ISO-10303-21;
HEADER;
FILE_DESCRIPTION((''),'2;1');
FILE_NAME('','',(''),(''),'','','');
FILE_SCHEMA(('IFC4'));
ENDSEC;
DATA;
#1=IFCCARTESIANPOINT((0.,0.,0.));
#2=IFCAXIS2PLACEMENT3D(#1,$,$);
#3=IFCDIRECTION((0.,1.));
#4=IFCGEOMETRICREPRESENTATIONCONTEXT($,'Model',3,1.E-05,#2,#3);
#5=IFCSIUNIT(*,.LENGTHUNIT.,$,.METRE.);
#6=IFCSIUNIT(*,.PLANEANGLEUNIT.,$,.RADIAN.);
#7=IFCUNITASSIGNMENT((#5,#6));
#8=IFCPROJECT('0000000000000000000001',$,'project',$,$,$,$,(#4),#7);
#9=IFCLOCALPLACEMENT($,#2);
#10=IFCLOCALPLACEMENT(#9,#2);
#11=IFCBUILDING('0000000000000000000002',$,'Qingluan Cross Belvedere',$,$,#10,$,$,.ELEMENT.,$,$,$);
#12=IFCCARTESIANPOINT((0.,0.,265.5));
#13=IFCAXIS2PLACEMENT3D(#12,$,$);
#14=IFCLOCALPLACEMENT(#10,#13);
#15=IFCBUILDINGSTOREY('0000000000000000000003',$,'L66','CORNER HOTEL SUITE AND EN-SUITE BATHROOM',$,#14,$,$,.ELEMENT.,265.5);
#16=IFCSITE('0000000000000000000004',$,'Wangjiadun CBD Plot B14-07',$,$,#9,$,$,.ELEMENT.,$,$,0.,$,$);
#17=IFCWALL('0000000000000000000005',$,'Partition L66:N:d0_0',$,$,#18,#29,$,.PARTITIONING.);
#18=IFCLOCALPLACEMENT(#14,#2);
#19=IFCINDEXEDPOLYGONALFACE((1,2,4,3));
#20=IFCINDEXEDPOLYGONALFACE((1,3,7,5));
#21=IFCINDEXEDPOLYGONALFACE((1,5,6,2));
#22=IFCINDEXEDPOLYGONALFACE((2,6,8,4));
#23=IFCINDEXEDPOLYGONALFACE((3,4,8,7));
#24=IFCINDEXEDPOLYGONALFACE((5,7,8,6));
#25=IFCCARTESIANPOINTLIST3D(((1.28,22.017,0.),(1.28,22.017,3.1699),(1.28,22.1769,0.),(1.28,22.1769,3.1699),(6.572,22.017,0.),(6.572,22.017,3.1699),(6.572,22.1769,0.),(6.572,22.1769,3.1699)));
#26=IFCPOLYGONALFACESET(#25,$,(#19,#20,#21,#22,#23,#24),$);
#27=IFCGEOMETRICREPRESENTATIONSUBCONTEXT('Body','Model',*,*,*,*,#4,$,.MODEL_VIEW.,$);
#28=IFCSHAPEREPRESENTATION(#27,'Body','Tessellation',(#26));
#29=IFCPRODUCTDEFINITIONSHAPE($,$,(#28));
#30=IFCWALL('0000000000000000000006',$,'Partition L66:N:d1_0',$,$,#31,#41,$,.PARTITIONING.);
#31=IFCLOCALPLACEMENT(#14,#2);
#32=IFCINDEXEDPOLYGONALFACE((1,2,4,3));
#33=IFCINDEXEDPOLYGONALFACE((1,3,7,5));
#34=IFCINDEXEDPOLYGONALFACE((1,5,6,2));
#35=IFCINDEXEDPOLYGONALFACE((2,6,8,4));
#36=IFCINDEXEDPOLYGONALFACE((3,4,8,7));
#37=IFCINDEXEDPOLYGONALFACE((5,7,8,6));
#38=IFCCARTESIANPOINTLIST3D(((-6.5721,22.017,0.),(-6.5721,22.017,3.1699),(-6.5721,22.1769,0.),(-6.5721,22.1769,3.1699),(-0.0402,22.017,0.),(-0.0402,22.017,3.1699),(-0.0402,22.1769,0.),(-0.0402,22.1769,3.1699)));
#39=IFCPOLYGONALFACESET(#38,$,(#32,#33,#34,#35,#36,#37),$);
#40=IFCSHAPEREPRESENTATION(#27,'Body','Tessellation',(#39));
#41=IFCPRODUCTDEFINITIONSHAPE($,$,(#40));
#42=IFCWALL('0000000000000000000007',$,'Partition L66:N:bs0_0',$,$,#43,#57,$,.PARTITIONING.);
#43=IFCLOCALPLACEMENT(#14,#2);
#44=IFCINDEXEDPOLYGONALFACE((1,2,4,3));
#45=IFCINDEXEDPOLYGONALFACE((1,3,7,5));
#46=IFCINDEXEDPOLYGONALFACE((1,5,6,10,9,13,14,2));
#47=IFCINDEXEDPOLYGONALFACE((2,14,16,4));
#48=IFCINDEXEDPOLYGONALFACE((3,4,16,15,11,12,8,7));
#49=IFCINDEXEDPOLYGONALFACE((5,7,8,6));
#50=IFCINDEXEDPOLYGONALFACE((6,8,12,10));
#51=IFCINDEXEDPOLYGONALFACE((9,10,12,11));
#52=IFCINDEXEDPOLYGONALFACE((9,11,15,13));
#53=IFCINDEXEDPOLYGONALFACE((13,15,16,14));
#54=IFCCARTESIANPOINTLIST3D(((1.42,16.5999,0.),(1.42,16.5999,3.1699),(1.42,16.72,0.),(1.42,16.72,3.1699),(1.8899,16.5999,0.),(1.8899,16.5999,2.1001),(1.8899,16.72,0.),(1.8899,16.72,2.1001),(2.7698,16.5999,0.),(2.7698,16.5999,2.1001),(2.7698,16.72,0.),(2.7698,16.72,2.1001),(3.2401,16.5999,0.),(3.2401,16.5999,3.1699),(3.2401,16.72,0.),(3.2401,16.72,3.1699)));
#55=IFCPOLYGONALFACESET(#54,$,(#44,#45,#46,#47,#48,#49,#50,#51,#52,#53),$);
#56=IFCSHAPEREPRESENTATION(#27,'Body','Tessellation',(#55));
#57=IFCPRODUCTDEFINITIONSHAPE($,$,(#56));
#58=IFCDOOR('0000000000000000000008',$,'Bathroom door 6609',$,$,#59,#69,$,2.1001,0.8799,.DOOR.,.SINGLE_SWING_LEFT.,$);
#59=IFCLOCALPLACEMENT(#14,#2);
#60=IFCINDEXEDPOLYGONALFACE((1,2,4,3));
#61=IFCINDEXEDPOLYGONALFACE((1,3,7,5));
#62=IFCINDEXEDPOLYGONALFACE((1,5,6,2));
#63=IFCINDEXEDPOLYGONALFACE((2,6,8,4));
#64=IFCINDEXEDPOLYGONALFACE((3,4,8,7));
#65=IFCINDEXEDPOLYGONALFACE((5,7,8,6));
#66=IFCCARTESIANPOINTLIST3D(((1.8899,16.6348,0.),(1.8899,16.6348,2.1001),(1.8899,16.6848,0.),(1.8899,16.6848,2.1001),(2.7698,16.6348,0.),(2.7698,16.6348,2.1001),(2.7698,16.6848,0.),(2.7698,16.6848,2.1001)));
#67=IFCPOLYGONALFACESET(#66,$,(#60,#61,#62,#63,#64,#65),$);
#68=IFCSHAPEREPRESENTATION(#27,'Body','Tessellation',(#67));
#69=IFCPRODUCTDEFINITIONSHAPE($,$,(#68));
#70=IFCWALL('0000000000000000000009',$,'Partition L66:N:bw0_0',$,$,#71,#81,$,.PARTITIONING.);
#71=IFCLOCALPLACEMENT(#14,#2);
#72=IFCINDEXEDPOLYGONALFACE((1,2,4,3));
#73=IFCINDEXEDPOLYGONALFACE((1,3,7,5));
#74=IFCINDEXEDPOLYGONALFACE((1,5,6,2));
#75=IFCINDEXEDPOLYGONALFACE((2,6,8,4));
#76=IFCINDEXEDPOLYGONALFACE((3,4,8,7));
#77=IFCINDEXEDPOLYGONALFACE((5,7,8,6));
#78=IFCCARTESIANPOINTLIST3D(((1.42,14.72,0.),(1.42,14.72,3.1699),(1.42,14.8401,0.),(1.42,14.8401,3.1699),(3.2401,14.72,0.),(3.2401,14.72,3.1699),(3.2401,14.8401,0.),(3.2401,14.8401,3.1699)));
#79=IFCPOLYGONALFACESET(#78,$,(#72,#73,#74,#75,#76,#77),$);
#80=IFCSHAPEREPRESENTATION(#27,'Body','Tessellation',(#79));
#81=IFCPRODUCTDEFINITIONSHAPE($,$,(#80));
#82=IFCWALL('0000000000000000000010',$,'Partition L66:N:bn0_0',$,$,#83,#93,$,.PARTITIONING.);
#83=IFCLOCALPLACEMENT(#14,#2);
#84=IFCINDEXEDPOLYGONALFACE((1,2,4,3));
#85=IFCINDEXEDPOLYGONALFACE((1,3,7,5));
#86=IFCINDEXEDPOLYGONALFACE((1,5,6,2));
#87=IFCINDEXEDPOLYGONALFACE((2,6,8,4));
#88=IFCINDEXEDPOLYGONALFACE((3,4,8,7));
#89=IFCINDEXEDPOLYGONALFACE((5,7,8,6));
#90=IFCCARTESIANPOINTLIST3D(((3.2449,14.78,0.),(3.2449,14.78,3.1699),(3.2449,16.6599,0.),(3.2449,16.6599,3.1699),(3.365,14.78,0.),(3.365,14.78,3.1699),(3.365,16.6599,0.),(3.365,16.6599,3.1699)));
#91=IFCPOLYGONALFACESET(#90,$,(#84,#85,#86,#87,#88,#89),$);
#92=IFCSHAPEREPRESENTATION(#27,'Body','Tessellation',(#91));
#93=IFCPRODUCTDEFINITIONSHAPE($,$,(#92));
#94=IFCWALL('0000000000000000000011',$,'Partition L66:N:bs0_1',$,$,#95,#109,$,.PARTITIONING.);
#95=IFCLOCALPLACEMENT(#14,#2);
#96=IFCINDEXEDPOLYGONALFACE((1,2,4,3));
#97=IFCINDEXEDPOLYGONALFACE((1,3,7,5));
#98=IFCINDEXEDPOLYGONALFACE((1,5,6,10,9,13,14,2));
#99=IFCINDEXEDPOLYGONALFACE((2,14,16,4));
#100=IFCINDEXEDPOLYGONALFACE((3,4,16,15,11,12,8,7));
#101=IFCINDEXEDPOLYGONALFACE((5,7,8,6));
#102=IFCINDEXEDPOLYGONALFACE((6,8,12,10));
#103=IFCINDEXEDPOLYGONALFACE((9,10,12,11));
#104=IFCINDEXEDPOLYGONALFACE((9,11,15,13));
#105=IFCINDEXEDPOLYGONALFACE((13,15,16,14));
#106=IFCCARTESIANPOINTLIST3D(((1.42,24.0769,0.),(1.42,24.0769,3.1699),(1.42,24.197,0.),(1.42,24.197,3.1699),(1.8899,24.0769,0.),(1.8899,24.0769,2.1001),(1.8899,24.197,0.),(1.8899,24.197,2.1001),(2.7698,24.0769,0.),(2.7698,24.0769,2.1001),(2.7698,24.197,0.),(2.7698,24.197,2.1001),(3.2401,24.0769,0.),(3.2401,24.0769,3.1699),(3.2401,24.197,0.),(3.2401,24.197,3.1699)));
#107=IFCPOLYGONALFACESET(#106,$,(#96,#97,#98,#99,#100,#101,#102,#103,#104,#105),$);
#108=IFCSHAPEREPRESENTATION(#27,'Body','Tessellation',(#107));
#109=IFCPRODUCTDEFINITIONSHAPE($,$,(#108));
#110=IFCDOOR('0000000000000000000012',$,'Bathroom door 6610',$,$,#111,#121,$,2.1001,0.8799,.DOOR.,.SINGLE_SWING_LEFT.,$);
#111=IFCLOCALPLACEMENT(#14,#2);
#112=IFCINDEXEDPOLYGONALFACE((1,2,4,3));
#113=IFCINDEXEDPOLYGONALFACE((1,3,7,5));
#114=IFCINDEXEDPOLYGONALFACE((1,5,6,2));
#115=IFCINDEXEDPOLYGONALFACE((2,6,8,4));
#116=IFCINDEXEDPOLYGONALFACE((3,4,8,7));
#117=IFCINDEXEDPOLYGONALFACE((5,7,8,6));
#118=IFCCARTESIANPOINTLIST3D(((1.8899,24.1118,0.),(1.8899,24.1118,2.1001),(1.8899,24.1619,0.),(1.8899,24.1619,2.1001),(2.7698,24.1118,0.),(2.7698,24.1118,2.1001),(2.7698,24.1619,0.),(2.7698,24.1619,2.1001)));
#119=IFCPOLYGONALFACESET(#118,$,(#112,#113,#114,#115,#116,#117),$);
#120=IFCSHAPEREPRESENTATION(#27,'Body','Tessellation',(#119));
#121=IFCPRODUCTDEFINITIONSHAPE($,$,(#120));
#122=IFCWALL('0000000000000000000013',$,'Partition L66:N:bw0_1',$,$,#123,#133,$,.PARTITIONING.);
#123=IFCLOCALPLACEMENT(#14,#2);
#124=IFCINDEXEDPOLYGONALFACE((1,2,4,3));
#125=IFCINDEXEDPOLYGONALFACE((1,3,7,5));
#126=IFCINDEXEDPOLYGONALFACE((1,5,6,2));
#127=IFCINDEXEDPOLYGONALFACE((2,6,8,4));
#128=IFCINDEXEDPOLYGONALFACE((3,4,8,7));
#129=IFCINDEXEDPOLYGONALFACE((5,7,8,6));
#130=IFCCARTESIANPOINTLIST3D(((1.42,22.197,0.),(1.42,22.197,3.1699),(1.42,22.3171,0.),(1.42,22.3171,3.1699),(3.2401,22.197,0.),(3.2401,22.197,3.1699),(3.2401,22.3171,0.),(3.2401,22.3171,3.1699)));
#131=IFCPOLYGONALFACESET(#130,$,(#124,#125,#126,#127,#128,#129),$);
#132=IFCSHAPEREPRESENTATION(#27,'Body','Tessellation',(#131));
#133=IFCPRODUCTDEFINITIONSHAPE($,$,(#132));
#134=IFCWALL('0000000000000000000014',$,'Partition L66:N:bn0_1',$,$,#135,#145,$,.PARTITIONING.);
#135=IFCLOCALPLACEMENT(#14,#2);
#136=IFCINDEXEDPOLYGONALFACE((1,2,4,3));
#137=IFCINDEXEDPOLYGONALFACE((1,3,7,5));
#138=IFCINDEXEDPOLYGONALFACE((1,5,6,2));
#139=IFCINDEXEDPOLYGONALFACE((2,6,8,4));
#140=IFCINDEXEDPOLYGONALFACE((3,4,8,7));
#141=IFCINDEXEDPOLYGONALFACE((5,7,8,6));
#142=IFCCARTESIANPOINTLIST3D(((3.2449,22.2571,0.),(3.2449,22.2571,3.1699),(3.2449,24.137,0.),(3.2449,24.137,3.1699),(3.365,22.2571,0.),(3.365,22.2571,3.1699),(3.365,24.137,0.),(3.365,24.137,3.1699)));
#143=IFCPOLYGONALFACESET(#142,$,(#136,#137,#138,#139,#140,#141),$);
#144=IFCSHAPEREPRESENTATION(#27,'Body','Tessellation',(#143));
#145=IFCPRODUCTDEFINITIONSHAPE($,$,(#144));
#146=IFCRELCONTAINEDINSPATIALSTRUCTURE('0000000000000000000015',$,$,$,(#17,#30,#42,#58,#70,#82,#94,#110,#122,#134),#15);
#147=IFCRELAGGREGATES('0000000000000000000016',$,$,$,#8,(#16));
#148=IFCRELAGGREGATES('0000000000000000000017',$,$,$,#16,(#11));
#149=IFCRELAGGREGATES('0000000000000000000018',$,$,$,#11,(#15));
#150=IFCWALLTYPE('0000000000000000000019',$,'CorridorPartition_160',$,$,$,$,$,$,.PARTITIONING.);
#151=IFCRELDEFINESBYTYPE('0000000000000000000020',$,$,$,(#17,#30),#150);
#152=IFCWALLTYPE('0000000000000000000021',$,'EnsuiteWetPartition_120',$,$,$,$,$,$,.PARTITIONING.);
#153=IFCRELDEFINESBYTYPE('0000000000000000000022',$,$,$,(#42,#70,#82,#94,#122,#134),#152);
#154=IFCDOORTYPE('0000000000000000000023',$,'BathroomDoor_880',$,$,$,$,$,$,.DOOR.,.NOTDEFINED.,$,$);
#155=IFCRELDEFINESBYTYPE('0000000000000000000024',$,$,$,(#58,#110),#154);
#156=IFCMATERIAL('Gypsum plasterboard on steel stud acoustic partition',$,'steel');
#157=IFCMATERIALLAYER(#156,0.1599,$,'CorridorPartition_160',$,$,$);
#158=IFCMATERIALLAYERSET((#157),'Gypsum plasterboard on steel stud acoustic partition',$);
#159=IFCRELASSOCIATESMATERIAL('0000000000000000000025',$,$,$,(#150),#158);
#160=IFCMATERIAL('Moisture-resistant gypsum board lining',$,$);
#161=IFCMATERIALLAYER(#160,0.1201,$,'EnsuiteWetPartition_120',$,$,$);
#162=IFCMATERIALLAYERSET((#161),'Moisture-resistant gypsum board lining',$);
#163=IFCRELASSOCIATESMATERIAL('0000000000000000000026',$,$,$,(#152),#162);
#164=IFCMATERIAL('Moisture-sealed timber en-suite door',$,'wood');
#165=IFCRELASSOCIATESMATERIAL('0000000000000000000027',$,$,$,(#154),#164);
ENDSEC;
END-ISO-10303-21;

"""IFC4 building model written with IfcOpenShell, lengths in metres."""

from ifc_helpers import new_model, si_unit, direction, frame, frame_2d, origin, place, context, subcontext, project, spatial, rectangle, extrude, material, layer, layer_set, type_object, element, fill, save


model = new_model("IFC4")

# Units and contexts
model_context = context("Model", 3, precision=1e-05, world=origin(), true_north=direction((0.0, 1.0)))
body_context = subcontext(model_context, "Body", "Model", "MODEL_VIEW")
ifc_project = project(units=[si_unit("LENGTHUNIT", "METRE"), si_unit("PLANEANGLEUNIT", "RADIAN")], contexts=[model_context])

# Site, building, storey
site_placement = place(None, origin())
site = spatial("IfcSite", under=ifc_project, at=site_placement, Name="Wangjiadun CBD Plot B14-07", CompositionType="ELEMENT", RefElevation=0.0)
building_placement = place(site_placement, origin())
building = spatial("IfcBuilding", under=site, at=building_placement, Name="Qingluan Cross Belvedere", CompositionType="ELEMENT")
storey_placement = place(building_placement, frame((0.0, 0.0, 265.5)))
storey = spatial("IfcBuildingStorey", under=building, at=storey_placement, Name="L66", Description="CORNER HOTEL SUITE AND EN-SUITE BATHROOM", CompositionType="ELEMENT", Elevation=265.5)

# Shared definitions
ifc_material_1 = material(Name="Gypsum plasterboard on steel stud acoustic partition", Category="steel")
ifc_layer_1 = layer(ifc_material_1, 0.1599, Name="CorridorPartition_160")
ifc_layer_set_1 = layer_set([ifc_layer_1], Name="Gypsum plasterboard on steel stud acoustic partition")
wall_type_1 = type_object("IfcWallType", Name="CorridorPartition_160", PredefinedType="PARTITIONING", material=ifc_layer_set_1)

# Walls
wall_1_placement = place(storey_placement, frame((1.28, 22.0969, 0.0), z_axis=(0.0, 0.0, 1.0), x_axis=(1.0, 0.0, 0.0)))
element("IfcWall", 1, at=wall_1_placement, inside=storey, type_object=wall_type_1, Name="Partition L66:N:d0_0", PredefinedType="PARTITIONING", context=body_context, shape_type="SweptSolid", body=[
    extrude(rectangle(XDim=5.292, YDim=0.1599, at=frame_2d((2.646, 0.0))), origin(), (0.0, 0.0, 1.0), 3.1699),
])
wall_2_placement = place(storey_placement, frame((-0.04, 22.0969, 0.0), z_axis=(0.0, 0.0, 1.0), x_axis=(-1.0, 0.0, 0.0)))
element("IfcWall", 2, at=wall_2_placement, inside=storey, type_object=wall_type_1, Name="Partition L66:N:d1_0", PredefinedType="PARTITIONING", context=body_context, shape_type="SweptSolid", body=[
    extrude(rectangle(XDim=6.532, YDim=0.1599, at=frame_2d((3.2661, 0.0))), origin(), (0.0, 0.0, 1.0), 3.1699),
])

# Wall, opening, door
ifc_material_2 = material(Name="Moisture-resistant gypsum board lining")
ifc_layer_2 = layer(ifc_material_2, 0.1201, Name="EnsuiteWetPartition_120")
ifc_layer_set_2 = layer_set([ifc_layer_2], Name="Moisture-resistant gypsum board lining")
wall_type_2 = type_object("IfcWallType", Name="EnsuiteWetPartition_120", PredefinedType="PARTITIONING", material=ifc_layer_set_2)
wall_3_placement = place(storey_placement, frame((1.4199, 16.6599, 0.0), z_axis=(0.0, 0.0, 1.0), x_axis=(1.0, 0.0, 0.0)))
wall_3 = element("IfcWall", 3, at=wall_3_placement, inside=storey, type_object=wall_type_2, Name="Partition L66:N:bs0_0", PredefinedType="PARTITIONING", context=body_context, shape_type="SweptSolid", body=[
    extrude(rectangle(XDim=1.8201, YDim=0.1201, at=frame_2d((0.9102, 0.0))), origin(), (0.0, 0.0, 1.0), 3.1699),
])
opening_1_placement = place(wall_3_placement, frame((0.47, 0.0, 0.0)))
opening_1 = element("IfcOpeningElement", 4, at=opening_1_placement, cuts=wall_3, PredefinedType="OPENING", context=body_context, shape_type="SweptSolid", body=[
    extrude(rectangle(XDim=0.8799, YDim=2.1001, at=frame_2d((0.4399, 1.05))), frame((0.0, 0.0701, 0.0), z_axis=(0.0, -1.0, 0.0), x_axis=(1.0, 0.0, 0.0)), (0.0, 0.0, 1.0), 0.1401),
])
ifc_material_3 = material(Name="Moisture-sealed timber en-suite door", Category="wood")
door_type_1 = type_object("IfcDoorType", Name="BathroomDoor_880", OperationType="NOTDEFINED", PredefinedType="DOOR", material=ifc_material_3)
door_1_placement = place(opening_1_placement, origin())
door_1 = element("IfcDoor", 5, at=door_1_placement, inside=storey, type_object=door_type_1, Name="Bathroom door 6609", OperationType="SINGLE_SWING_LEFT", OverallHeight=2.1001, OverallWidth=0.8799, PredefinedType="DOOR", context=body_context, shape_type="SweptSolid", body=[
    extrude(rectangle(XDim=0.8799, YDim=2.1001, at=frame_2d((0.4399, 1.05))), frame((0.0, 0.0249, 0.0), z_axis=(0.0, -1.0, 0.0), x_axis=(1.0, 0.0, 0.0)), (0.0, 0.0, 1.0), 0.05),
])
fill(opening_1, door_1)

# Walls
wall_4_placement = place(storey_placement, frame((1.4199, 14.78, 0.0), z_axis=(0.0, 0.0, 1.0), x_axis=(1.0, 0.0, 0.0)))
element("IfcWall", 6, at=wall_4_placement, inside=storey, type_object=wall_type_2, Name="Partition L66:N:bw0_0", PredefinedType="PARTITIONING", context=body_context, shape_type="SweptSolid", body=[
    extrude(rectangle(XDim=1.8201, YDim=0.1201, at=frame_2d((0.9102, 0.0))), origin(), (0.0, 0.0, 1.0), 3.1699),
])
wall_5_placement = place(storey_placement, frame((3.3049, 14.78, 0.0), z_axis=(0.0, 0.0, 1.0), x_axis=(0.0, 1.0, 0.0)))
element("IfcWall", 7, at=wall_5_placement, inside=storey, type_object=wall_type_2, Name="Partition L66:N:bn0_0", PredefinedType="PARTITIONING", context=body_context, shape_type="SweptSolid", body=[
    extrude(rectangle(XDim=1.8799, YDim=0.1201, at=frame_2d((0.9399, 0.0))), origin(), (0.0, 0.0, 1.0), 3.1699),
])

# Wall, opening, door
wall_6_placement = place(storey_placement, frame((1.4199, 24.137, 0.0), z_axis=(0.0, 0.0, 1.0), x_axis=(1.0, 0.0, 0.0)))
wall_6 = element("IfcWall", 8, at=wall_6_placement, inside=storey, type_object=wall_type_2, Name="Partition L66:N:bs0_1", PredefinedType="PARTITIONING", context=body_context, shape_type="SweptSolid", body=[
    extrude(rectangle(XDim=1.8201, YDim=0.1201, at=frame_2d((0.9102, 0.0))), origin(), (0.0, 0.0, 1.0), 3.1699),
])
opening_2_placement = place(wall_6_placement, frame((0.47, 0.0, 0.0)))
opening_2 = element("IfcOpeningElement", 9, at=opening_2_placement, cuts=wall_6, PredefinedType="OPENING", context=body_context, shape_type="SweptSolid", body=[
    extrude(rectangle(XDim=0.8799, YDim=2.1001, at=frame_2d((0.4399, 1.05))), frame((0.0, 0.0701, 0.0), z_axis=(0.0, -1.0, 0.0), x_axis=(1.0, 0.0, 0.0)), (0.0, 0.0, 1.0), 0.1401),
])
door_2_placement = place(opening_2_placement, origin())
door_2 = element("IfcDoor", 10, at=door_2_placement, inside=storey, type_object=door_type_1, Name="Bathroom door 6610", OperationType="SINGLE_SWING_LEFT", OverallHeight=2.1001, OverallWidth=0.8799, PredefinedType="DOOR", context=body_context, shape_type="SweptSolid", body=[
    extrude(rectangle(XDim=0.8799, YDim=2.1001, at=frame_2d((0.4399, 1.05))), frame((0.0, 0.0249, 0.0), z_axis=(0.0, -1.0, 0.0), x_axis=(1.0, 0.0, 0.0)), (0.0, 0.0, 1.0), 0.05),
])
fill(opening_2, door_2)

# Walls
wall_7_placement = place(storey_placement, frame((1.4199, 22.2571, 0.0), z_axis=(0.0, 0.0, 1.0), x_axis=(1.0, 0.0, 0.0)))
element("IfcWall", 11, at=wall_7_placement, inside=storey, type_object=wall_type_2, Name="Partition L66:N:bw0_1", PredefinedType="PARTITIONING", context=body_context, shape_type="SweptSolid", body=[
    extrude(rectangle(XDim=1.8201, YDim=0.1201, at=frame_2d((0.9102, 0.0))), origin(), (0.0, 0.0, 1.0), 3.1699),
])
wall_8_placement = place(storey_placement, frame((3.3049, 22.2571, 0.0), z_axis=(0.0, 0.0, 1.0), x_axis=(0.0, 1.0, 0.0)))
element("IfcWall", 12, at=wall_8_placement, inside=storey, type_object=wall_type_2, Name="Partition L66:N:bn0_1", PredefinedType="PARTITIONING", context=body_context, shape_type="SweptSolid", body=[
    extrude(rectangle(XDim=1.8799, YDim=0.1201, at=frame_2d((0.9399, 0.0))), origin(), (0.0, 0.0, 1.0), 3.1699),
])

save(model, "model.ifc")
